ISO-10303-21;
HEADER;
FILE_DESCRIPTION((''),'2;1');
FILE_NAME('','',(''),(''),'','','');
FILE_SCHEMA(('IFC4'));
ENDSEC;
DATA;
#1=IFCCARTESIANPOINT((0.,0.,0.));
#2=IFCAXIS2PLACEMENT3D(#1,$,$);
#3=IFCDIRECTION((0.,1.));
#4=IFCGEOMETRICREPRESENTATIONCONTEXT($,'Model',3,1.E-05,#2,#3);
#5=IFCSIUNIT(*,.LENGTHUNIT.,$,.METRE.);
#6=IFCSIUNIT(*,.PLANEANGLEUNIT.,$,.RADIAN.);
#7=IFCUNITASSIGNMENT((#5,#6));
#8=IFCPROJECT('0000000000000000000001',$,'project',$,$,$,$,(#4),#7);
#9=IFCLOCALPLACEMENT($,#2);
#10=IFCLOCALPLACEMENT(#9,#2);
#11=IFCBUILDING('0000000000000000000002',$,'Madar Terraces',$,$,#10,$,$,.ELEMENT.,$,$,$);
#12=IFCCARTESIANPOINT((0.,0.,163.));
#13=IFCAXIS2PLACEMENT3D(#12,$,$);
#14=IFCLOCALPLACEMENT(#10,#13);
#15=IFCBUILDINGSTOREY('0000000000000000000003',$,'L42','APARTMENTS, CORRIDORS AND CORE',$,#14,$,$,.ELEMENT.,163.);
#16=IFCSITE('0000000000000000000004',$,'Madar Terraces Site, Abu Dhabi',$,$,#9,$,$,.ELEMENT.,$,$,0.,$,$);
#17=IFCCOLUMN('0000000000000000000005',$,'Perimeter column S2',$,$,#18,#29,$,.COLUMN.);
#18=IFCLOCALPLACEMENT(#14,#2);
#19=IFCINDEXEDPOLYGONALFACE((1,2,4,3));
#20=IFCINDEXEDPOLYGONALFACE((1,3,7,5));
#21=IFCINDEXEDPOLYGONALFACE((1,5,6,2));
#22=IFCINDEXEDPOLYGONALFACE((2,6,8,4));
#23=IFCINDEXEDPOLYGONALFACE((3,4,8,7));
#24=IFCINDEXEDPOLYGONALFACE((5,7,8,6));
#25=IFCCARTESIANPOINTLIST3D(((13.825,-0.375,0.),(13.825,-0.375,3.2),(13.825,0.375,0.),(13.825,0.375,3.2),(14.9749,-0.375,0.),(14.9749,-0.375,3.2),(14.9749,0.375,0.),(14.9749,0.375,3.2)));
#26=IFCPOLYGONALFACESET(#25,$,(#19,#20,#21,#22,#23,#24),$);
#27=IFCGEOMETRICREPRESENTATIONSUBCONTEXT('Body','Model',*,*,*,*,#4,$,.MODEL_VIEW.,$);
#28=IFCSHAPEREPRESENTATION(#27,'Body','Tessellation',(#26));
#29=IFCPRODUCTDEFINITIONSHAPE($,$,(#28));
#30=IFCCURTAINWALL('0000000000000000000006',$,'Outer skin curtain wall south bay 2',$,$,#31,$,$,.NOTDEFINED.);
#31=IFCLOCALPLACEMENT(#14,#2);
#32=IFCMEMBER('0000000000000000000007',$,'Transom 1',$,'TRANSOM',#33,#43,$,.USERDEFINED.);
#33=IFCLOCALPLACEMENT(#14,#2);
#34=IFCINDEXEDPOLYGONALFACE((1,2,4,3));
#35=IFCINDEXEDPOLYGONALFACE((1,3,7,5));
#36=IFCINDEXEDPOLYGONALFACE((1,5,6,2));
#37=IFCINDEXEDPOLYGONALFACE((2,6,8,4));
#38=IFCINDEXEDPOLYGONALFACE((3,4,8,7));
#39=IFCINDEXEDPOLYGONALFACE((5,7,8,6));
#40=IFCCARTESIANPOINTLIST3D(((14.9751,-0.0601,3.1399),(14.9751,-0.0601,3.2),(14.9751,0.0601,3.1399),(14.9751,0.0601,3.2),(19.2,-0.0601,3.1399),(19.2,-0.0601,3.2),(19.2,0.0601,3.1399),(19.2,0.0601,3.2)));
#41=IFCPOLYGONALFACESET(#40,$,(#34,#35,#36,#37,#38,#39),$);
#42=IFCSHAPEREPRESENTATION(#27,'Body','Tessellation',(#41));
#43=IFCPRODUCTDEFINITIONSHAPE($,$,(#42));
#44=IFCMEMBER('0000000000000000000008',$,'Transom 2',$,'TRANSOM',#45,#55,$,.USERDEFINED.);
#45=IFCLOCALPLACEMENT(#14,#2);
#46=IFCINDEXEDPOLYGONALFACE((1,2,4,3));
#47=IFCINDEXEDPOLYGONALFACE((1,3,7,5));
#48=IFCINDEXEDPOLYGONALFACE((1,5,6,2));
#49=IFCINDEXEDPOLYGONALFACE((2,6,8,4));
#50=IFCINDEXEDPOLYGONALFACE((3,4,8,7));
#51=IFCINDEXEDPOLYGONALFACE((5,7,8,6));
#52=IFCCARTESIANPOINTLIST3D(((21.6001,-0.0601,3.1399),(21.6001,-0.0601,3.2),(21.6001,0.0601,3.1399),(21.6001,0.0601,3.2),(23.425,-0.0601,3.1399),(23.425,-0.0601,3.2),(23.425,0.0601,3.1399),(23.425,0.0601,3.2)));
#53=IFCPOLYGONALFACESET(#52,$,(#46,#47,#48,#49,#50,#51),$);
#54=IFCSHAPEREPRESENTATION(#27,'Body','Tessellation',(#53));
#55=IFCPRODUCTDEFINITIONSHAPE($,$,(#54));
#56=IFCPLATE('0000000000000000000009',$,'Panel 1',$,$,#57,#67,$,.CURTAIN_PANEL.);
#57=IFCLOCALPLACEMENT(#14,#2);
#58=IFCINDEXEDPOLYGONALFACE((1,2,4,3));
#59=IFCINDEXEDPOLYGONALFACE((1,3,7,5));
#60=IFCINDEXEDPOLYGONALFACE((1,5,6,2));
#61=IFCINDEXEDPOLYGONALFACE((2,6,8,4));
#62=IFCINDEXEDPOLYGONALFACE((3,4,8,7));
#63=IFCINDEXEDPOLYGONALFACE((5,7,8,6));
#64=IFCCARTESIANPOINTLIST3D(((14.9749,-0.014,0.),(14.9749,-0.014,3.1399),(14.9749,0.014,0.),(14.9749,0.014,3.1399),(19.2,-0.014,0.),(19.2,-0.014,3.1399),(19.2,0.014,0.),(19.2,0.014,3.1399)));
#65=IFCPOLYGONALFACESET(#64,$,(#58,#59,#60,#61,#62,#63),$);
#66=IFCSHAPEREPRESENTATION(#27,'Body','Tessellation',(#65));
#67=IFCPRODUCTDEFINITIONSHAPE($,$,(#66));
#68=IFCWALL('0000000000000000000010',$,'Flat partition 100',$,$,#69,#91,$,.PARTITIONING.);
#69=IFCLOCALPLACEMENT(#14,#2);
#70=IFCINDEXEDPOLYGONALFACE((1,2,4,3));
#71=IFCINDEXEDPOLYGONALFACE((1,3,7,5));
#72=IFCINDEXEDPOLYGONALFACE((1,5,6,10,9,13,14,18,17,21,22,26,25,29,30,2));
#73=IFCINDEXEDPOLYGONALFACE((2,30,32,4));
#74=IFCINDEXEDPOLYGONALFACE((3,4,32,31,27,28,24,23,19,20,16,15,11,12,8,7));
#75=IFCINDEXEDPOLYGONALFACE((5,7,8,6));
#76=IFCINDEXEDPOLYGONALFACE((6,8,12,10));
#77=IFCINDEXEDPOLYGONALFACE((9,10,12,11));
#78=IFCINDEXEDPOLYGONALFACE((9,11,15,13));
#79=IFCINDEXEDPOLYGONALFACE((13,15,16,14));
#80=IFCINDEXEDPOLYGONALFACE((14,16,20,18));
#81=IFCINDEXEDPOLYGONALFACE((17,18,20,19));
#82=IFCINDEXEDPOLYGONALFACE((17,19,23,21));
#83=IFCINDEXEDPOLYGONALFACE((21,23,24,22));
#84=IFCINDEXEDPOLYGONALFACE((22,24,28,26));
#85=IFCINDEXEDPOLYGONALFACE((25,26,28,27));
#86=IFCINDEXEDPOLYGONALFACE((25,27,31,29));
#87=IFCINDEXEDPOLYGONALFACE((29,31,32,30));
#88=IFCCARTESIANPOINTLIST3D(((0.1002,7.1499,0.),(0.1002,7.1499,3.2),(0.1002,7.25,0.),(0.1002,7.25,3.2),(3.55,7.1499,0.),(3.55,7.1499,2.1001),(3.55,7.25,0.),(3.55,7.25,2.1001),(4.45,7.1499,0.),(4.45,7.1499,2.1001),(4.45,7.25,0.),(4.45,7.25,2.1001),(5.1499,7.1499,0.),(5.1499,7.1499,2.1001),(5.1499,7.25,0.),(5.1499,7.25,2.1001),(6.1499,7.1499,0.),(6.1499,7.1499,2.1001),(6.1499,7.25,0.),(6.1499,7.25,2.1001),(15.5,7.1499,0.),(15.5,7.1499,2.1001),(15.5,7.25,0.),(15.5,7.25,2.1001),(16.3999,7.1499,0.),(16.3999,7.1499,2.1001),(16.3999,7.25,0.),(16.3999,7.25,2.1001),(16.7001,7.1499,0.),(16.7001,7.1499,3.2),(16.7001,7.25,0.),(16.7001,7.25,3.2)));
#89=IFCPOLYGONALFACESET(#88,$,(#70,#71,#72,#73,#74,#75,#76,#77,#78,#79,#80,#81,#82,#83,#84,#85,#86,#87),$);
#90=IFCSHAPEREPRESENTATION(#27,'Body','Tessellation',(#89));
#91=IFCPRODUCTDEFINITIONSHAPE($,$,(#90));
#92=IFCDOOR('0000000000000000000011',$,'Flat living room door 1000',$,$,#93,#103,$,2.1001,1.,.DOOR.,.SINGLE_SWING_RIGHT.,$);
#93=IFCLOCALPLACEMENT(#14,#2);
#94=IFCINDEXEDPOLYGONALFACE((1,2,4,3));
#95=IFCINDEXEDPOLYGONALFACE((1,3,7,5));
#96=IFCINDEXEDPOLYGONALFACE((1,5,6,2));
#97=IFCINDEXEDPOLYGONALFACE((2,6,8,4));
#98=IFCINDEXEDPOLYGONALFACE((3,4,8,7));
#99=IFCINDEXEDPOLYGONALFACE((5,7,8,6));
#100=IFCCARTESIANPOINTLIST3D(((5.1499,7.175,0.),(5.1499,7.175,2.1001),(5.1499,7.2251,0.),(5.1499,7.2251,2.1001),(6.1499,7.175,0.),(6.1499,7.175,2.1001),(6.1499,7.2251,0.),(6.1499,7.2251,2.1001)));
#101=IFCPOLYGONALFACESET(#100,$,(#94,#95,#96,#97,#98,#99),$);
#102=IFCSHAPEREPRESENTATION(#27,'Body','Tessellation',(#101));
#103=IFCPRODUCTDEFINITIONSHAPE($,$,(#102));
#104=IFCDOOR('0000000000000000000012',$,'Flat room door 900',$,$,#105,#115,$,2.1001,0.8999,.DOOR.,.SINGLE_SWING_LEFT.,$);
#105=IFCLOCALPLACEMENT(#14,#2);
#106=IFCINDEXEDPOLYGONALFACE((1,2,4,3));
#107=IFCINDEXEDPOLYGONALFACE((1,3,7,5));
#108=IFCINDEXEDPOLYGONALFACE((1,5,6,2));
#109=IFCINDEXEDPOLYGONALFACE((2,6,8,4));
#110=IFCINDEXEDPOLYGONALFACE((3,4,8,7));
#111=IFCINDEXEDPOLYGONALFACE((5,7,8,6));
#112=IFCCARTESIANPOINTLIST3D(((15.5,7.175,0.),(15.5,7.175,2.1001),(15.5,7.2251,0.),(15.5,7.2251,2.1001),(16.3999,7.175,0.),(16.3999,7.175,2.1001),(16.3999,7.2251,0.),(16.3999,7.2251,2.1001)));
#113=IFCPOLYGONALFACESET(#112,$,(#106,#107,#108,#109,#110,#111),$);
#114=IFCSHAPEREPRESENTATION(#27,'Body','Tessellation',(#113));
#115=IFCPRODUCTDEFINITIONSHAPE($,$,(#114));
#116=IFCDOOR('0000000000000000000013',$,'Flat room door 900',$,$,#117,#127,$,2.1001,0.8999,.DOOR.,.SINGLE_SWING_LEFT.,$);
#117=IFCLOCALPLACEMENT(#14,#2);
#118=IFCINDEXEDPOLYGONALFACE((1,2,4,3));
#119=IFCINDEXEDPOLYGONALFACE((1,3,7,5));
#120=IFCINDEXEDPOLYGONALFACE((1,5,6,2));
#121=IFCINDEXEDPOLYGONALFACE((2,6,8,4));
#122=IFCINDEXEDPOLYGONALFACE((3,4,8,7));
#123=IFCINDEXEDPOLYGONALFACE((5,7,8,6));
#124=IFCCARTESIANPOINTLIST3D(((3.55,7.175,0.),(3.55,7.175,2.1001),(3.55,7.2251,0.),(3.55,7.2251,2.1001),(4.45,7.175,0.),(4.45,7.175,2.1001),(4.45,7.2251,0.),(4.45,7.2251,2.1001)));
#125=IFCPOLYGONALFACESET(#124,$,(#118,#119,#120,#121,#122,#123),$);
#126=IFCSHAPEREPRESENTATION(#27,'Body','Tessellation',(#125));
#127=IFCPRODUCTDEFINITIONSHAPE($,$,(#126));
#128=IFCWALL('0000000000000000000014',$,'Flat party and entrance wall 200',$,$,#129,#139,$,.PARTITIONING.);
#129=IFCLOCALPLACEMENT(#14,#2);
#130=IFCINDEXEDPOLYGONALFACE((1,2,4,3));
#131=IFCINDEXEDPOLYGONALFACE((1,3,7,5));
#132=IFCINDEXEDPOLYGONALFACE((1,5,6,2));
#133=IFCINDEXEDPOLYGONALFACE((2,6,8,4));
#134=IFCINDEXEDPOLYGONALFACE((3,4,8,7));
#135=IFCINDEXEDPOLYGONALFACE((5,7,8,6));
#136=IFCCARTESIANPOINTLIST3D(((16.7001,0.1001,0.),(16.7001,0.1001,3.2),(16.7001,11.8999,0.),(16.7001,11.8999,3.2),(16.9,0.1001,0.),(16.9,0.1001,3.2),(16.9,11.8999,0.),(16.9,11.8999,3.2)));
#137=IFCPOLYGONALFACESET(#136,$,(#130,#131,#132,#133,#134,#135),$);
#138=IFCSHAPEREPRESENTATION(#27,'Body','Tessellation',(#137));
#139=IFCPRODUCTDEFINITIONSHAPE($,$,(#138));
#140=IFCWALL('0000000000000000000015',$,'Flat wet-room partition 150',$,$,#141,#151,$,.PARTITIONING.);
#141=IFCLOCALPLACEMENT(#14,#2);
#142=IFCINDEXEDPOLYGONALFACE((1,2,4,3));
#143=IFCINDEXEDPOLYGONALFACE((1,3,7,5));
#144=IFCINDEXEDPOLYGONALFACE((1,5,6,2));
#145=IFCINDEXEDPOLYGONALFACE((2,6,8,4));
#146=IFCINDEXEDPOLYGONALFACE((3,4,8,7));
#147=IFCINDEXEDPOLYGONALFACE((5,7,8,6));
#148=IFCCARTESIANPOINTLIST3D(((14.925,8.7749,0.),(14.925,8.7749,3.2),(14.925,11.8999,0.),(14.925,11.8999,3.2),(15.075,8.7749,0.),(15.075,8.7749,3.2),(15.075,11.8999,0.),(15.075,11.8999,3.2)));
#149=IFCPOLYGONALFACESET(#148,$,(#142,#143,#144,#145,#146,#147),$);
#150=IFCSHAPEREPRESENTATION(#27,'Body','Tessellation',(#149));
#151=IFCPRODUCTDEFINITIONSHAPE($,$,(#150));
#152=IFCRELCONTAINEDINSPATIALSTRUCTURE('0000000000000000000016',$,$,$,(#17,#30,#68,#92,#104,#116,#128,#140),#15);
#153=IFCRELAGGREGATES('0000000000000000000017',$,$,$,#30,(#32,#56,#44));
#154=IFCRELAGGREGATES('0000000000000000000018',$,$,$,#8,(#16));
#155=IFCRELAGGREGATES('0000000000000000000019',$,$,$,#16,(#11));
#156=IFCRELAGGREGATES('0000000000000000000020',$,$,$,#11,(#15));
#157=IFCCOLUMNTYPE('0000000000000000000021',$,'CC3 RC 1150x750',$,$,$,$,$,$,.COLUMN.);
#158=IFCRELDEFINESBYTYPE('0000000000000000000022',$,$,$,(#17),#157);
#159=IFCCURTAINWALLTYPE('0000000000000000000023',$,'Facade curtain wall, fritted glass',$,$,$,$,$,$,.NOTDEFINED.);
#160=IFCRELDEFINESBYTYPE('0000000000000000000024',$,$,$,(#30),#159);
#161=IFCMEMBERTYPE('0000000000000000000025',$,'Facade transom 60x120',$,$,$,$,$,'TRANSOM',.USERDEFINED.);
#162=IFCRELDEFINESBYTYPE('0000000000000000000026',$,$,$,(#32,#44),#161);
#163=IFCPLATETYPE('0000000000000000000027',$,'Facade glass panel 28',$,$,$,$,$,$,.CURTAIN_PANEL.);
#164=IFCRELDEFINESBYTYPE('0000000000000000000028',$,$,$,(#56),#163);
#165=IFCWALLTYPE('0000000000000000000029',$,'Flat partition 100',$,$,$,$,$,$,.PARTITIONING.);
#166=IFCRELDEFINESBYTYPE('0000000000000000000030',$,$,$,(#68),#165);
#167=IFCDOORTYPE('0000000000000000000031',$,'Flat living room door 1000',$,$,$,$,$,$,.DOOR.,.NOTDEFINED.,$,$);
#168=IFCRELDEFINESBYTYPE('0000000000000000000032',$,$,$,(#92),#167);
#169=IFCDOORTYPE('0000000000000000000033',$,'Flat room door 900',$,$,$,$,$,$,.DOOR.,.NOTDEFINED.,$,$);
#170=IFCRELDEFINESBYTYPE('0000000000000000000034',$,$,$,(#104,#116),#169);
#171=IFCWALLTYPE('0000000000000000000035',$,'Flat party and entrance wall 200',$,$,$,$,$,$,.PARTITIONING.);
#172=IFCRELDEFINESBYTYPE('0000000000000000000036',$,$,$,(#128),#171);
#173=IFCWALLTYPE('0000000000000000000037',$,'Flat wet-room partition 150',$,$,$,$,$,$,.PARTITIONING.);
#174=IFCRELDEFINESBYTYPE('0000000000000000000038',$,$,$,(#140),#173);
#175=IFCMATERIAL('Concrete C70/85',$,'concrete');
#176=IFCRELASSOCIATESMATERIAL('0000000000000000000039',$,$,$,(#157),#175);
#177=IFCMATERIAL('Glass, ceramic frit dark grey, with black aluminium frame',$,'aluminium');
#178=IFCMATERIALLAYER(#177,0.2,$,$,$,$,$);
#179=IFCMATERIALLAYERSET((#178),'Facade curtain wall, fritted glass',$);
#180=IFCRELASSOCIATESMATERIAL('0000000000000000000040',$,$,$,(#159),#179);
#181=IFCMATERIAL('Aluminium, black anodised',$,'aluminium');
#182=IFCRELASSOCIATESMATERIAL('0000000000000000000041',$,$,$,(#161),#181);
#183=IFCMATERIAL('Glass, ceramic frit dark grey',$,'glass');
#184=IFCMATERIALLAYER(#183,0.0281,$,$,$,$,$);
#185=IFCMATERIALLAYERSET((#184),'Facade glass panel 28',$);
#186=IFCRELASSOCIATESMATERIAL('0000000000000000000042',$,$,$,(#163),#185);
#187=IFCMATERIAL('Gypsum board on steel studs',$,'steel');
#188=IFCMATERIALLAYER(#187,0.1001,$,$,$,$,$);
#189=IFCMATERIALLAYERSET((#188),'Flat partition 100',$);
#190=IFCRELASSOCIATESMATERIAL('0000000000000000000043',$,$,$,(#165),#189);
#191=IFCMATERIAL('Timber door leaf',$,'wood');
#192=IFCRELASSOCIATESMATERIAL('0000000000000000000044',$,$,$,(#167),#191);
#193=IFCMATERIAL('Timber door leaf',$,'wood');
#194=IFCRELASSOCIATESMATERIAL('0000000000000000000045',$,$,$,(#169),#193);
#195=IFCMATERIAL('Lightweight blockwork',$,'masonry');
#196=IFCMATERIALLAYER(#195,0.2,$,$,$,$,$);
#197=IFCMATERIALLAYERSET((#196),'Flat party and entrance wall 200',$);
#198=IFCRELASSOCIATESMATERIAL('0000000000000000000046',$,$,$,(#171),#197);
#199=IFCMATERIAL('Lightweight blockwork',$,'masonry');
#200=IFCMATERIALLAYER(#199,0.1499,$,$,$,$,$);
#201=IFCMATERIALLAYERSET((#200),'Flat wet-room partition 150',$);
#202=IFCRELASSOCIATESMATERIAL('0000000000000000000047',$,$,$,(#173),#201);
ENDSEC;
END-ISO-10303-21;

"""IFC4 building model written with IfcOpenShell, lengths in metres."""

from ifc_helpers import new_model, si_unit, direction, frame, frame_2d, origin, origin_2d, place, context, subcontext, project, spatial, rectangle, extrude, material, layer, layer_set, material_profile, profile_set, type_object, element, fill, aggregate, save


model = new_model("IFC4")

# Units and contexts
model_context = context("Model", 3, precision=1e-05, world=origin(), true_north=direction((0.0, 1.0)))
body_context = subcontext(model_context, "Body", "Model", "MODEL_VIEW")
ifc_project = project(units=[si_unit("LENGTHUNIT", "METRE"), si_unit("PLANEANGLEUNIT", "RADIAN")], contexts=[model_context])

# Site, building, storey
site_placement = place(None, origin())
site = spatial("IfcSite", under=ifc_project, at=site_placement, Name="Madar Terraces Site, Abu Dhabi", CompositionType="ELEMENT", RefElevation=0.0)
building_placement = place(site_placement, origin())
building = spatial("IfcBuilding", under=site, at=building_placement, Name="Madar Terraces", CompositionType="ELEMENT")
storey_placement = place(building_placement, frame((0.0, 0.0, 163.0)))
storey = spatial("IfcBuildingStorey", under=building, at=storey_placement, Name="L42", Description="APARTMENTS, CORRIDORS AND CORE", CompositionType="ELEMENT", Elevation=163.0)

# Column
ifc_material_1 = material(Name="Concrete C70/85", Category="concrete")
ifc_material_profile_1 = material_profile(ifc_material_1, rectangle(XDim=1.1499, YDim=0.75, at=origin_2d()), Name="CC3 RC 1150x750")
ifc_profile_set_1 = profile_set([ifc_material_profile_1], Name="Concrete C70/85")
column_type = type_object("IfcColumnType", Name="CC3 RC 1150x750", PredefinedType="COLUMN", material=ifc_profile_set_1)
column_placement = place(storey_placement, frame((14.3999, 0.0, 0.0), z_axis=(0.0, 0.0, 1.0), x_axis=(1.0, 0.0, 0.0)))
element("IfcColumn", 1, at=column_placement, inside=storey, type_object=column_type, Name="Perimeter column S2", PredefinedType="COLUMN", context=body_context, shape_type="SweptSolid", body=[
    extrude(rectangle(XDim=1.1499, YDim=0.75, at=origin_2d()), origin(), (0.0, 0.0, 1.0), 3.2),
])

# Curtain wall, members, plate
ifc_material_2 = material(Name="Glass, ceramic frit dark grey, with black aluminium frame", Category="aluminium")
ifc_layer_1 = layer(ifc_material_2, 0.2)
ifc_layer_set_1 = layer_set([ifc_layer_1], Name="Facade curtain wall, fritted glass")
curtain_wall_type = type_object("IfcCurtainWallType", Name="Facade curtain wall, fritted glass", PredefinedType="NOTDEFINED", material=ifc_layer_set_1)
curtain_wall_placement = place(storey_placement, origin())
curtain_wall = element("IfcCurtainWall", 2, at=curtain_wall_placement, inside=storey, type_object=curtain_wall_type, Name="Outer skin curtain wall south bay 2", PredefinedType="NOTDEFINED")
ifc_material_3 = material(Name="Aluminium, black anodised", Category="aluminium")
ifc_material_profile_2 = material_profile(ifc_material_3, rectangle(XDim=0.1201, YDim=0.0601, at=origin_2d()), Name="Facade transom 60x120")
ifc_profile_set_2 = profile_set([ifc_material_profile_2], Name="Aluminium, black anodised")
member_type = type_object("IfcMemberType", Name="Facade transom 60x120", ElementType="TRANSOM", PredefinedType="USERDEFINED", material=ifc_profile_set_2)
member_1_placement = place(storey_placement, frame((14.9751, 0.0, 3.1699), z_axis=(1.0, 0.0, 0.0), x_axis=(0.0, 1.0, 0.0)))
member_1 = element("IfcMember", 3, at=member_1_placement, type_object=member_type, Name="Transom 1", ObjectType="TRANSOM", PredefinedType="USERDEFINED", context=body_context, shape_type="SweptSolid", body=[
    extrude(rectangle(XDim=0.1201, YDim=0.0601, at=origin_2d()), origin(), (0.0, 0.0, 1.0), 4.2249),
])
member_2_placement = place(storey_placement, frame((21.6001, 0.0, 3.1699), z_axis=(1.0, 0.0, 0.0), x_axis=(0.0, 1.0, 0.0)))
member_2 = element("IfcMember", 4, at=member_2_placement, type_object=member_type, Name="Transom 2", ObjectType="TRANSOM", PredefinedType="USERDEFINED", context=body_context, shape_type="SweptSolid", body=[
    extrude(rectangle(XDim=0.1201, YDim=0.0601, at=origin_2d()), origin(), (0.0, 0.0, 1.0), 1.825),
])
ifc_material_4 = material(Name="Glass, ceramic frit dark grey", Category="glass")
ifc_layer_2 = layer(ifc_material_4, 0.0281)
ifc_layer_set_2 = layer_set([ifc_layer_2], Name="Facade glass panel 28")
plate_type = type_object("IfcPlateType", Name="Facade glass panel 28", PredefinedType="CURTAIN_PANEL", material=ifc_layer_set_2)
plate_placement = place(storey_placement, frame((17.0874, 0.0, 0.0), z_axis=(0.0, 0.0, 1.0), x_axis=(1.0, 0.0, 0.0)))
plate = element("IfcPlate", 5, at=plate_placement, type_object=plate_type, Name="Panel 1", PredefinedType="CURTAIN_PANEL", context=body_context, shape_type="SweptSolid", body=[
    extrude(rectangle(XDim=4.2251, YDim=0.0281, at=origin_2d()), origin(), (0.0, 0.0, 1.0), 3.1399),
])
aggregate(curtain_wall, [member_1, plate, member_2])

# Wall, openings, doors
ifc_material_5 = material(Name="Gypsum board on steel studs", Category="steel")
ifc_layer_3 = layer(ifc_material_5, 0.1001)
ifc_layer_set_3 = layer_set([ifc_layer_3], Name="Flat partition 100")
wall_type_1 = type_object("IfcWallType", Name="Flat partition 100", PredefinedType="PARTITIONING", material=ifc_layer_set_3)
wall_1_placement = place(storey_placement, frame((16.7, 7.2, 0.0), z_axis=(0.0, 0.0, 1.0), x_axis=(-1.0, 0.0, 0.0)))
wall_1 = element("IfcWall", 6, at=wall_1_placement, inside=storey, type_object=wall_type_1, Name="Flat partition 100", PredefinedType="PARTITIONING", context=body_context, shape_type="SweptSolid", body=[
    extrude(rectangle(XDim=16.5999, YDim=0.1001, at=frame_2d((8.2998, 0.0))), origin(), (0.0, 0.0, 1.0), 3.2),
])
opening_1_placement = place(wall_1_placement, frame((0.3, 0.0, 0.0)))
opening_1 = element("IfcOpeningElement", 7, at=opening_1_placement, cuts=wall_1, PredefinedType="OPENING", context=body_context, shape_type="SweptSolid", body=[
    extrude(rectangle(XDim=0.8999, YDim=2.1001, at=frame_2d((0.45, 1.05))), frame((0.0, 0.0601, 0.0), z_axis=(0.0, -1.0, 0.0), x_axis=(1.0, 0.0, 0.0)), (0.0, 0.0, 1.0), 0.1201),
])
opening_2_placement = place(wall_1_placement, frame((10.55, 0.0, 0.0)))
opening_2 = element("IfcOpeningElement", 8, at=opening_2_placement, cuts=wall_1, PredefinedType="OPENING", context=body_context, shape_type="SweptSolid", body=[
    extrude(rectangle(XDim=1.0, YDim=2.1001, at=frame_2d((0.5, 1.05))), frame((0.0, 0.0601, 0.0), z_axis=(0.0, -1.0, 0.0), x_axis=(1.0, 0.0, 0.0)), (0.0, 0.0, 1.0), 0.1201),
])
opening_3_placement = place(wall_1_placement, frame((12.25, 0.0, 0.0)))
opening_3 = element("IfcOpeningElement", 9, at=opening_3_placement, cuts=wall_1, PredefinedType="OPENING", context=body_context, shape_type="SweptSolid", body=[
    extrude(rectangle(XDim=0.8999, YDim=2.1001, at=frame_2d((0.45, 1.05))), frame((0.0, 0.0601, 0.0), z_axis=(0.0, -1.0, 0.0), x_axis=(1.0, 0.0, 0.0)), (0.0, 0.0, 1.0), 0.1201),
])
ifc_material_6 = material(Name="Timber door leaf", Category="wood")
door_type_1 = type_object("IfcDoorType", Name="Flat living room door 1000", OperationType="NOTDEFINED", PredefinedType="DOOR", material=ifc_material_6)
door_1_placement = place(opening_2_placement, origin())
door_1 = element("IfcDoor", 10, at=door_1_placement, inside=storey, type_object=door_type_1, Name="Flat living room door 1000", OperationType="SINGLE_SWING_RIGHT", OverallHeight=2.1001, OverallWidth=1.0, PredefinedType="DOOR", context=body_context, shape_type="SweptSolid", body=[
    extrude(rectangle(XDim=1.0, YDim=2.1001, at=frame_2d((0.5, 1.05))), frame((0.0, 0.0249, 0.0), z_axis=(0.0, -1.0, 0.0), x_axis=(1.0, 0.0, 0.0)), (0.0, 0.0, 1.0), 0.05),
])
fill(opening_2, door_1)
ifc_material_7 = material(Name="Timber door leaf", Category="wood")
door_type_2 = type_object("IfcDoorType", Name="Flat room door 900", OperationType="NOTDEFINED", PredefinedType="DOOR", material=ifc_material_7)
door_2_placement = place(opening_1_placement, origin())
door_2 = element("IfcDoor", 11, at=door_2_placement, inside=storey, type_object=door_type_2, Name="Flat room door 900", OperationType="SINGLE_SWING_LEFT", OverallHeight=2.1001, OverallWidth=0.8999, PredefinedType="DOOR", context=body_context, shape_type="SweptSolid", body=[
    extrude(rectangle(XDim=0.8999, YDim=2.1001, at=frame_2d((0.45, 1.05))), frame((0.0, 0.0249, 0.0), z_axis=(0.0, -1.0, 0.0), x_axis=(1.0, 0.0, 0.0)), (0.0, 0.0, 1.0), 0.05),
])
fill(opening_1, door_2)
door_3_placement = place(opening_3_placement, origin())
door_3 = element("IfcDoor", 12, at=door_3_placement, inside=storey, type_object=door_type_2, Name="Flat room door 900", OperationType="SINGLE_SWING_LEFT", OverallHeight=2.1001, OverallWidth=0.8999, PredefinedType="DOOR", context=body_context, shape_type="SweptSolid", body=[
    extrude(rectangle(XDim=0.8999, YDim=2.1001, at=frame_2d((0.45, 1.05))), frame((0.0, 0.0249, 0.0), z_axis=(0.0, -1.0, 0.0), x_axis=(1.0, 0.0, 0.0)), (0.0, 0.0, 1.0), 0.05),
])
fill(opening_3, door_3)

# Walls
ifc_material_8 = material(Name="Lightweight blockwork", Category="masonry")
ifc_layer_4 = layer(ifc_material_8, 0.2)
ifc_layer_set_4 = layer_set([ifc_layer_4], Name="Flat party and entrance wall 200")
wall_type_2 = type_object("IfcWallType", Name="Flat party and entrance wall 200", PredefinedType="PARTITIONING", material=ifc_layer_set_4)
wall_2_placement = place(storey_placement, frame((16.8, 11.8999, 0.0), z_axis=(0.0, 0.0, 1.0), x_axis=(0.0, -1.0, 0.0)))
element("IfcWall", 13, at=wall_2_placement, inside=storey, type_object=wall_type_2, Name="Flat party and entrance wall 200", PredefinedType="PARTITIONING", context=body_context, shape_type="SweptSolid", body=[
    extrude(rectangle(XDim=11.7998, YDim=0.2, at=frame_2d((5.8999, 0.0))), origin(), (0.0, 0.0, 1.0), 3.2),
])
ifc_material_9 = material(Name="Lightweight blockwork", Category="masonry")
ifc_layer_5 = layer(ifc_material_9, 0.1499)
ifc_layer_set_5 = layer_set([ifc_layer_5], Name="Flat wet-room partition 150")
wall_type_3 = type_object("IfcWallType", Name="Flat wet-room partition 150", PredefinedType="PARTITIONING", material=ifc_layer_set_5)
wall_3_placement = place(storey_placement, frame((15.0, 11.8999, 0.0), z_axis=(0.0, 0.0, 1.0), x_axis=(0.0, -1.0, 0.0)))
element("IfcWall", 14, at=wall_3_placement, inside=storey, type_object=wall_type_3, Name="Flat wet-room partition 150", PredefinedType="PARTITIONING", context=body_context, shape_type="SweptSolid", body=[
    extrude(rectangle(XDim=3.125, YDim=0.1499, at=frame_2d((1.5625, 0.0))), origin(), (0.0, 0.0, 1.0), 3.2),
])

save(model, "model.ifc")
